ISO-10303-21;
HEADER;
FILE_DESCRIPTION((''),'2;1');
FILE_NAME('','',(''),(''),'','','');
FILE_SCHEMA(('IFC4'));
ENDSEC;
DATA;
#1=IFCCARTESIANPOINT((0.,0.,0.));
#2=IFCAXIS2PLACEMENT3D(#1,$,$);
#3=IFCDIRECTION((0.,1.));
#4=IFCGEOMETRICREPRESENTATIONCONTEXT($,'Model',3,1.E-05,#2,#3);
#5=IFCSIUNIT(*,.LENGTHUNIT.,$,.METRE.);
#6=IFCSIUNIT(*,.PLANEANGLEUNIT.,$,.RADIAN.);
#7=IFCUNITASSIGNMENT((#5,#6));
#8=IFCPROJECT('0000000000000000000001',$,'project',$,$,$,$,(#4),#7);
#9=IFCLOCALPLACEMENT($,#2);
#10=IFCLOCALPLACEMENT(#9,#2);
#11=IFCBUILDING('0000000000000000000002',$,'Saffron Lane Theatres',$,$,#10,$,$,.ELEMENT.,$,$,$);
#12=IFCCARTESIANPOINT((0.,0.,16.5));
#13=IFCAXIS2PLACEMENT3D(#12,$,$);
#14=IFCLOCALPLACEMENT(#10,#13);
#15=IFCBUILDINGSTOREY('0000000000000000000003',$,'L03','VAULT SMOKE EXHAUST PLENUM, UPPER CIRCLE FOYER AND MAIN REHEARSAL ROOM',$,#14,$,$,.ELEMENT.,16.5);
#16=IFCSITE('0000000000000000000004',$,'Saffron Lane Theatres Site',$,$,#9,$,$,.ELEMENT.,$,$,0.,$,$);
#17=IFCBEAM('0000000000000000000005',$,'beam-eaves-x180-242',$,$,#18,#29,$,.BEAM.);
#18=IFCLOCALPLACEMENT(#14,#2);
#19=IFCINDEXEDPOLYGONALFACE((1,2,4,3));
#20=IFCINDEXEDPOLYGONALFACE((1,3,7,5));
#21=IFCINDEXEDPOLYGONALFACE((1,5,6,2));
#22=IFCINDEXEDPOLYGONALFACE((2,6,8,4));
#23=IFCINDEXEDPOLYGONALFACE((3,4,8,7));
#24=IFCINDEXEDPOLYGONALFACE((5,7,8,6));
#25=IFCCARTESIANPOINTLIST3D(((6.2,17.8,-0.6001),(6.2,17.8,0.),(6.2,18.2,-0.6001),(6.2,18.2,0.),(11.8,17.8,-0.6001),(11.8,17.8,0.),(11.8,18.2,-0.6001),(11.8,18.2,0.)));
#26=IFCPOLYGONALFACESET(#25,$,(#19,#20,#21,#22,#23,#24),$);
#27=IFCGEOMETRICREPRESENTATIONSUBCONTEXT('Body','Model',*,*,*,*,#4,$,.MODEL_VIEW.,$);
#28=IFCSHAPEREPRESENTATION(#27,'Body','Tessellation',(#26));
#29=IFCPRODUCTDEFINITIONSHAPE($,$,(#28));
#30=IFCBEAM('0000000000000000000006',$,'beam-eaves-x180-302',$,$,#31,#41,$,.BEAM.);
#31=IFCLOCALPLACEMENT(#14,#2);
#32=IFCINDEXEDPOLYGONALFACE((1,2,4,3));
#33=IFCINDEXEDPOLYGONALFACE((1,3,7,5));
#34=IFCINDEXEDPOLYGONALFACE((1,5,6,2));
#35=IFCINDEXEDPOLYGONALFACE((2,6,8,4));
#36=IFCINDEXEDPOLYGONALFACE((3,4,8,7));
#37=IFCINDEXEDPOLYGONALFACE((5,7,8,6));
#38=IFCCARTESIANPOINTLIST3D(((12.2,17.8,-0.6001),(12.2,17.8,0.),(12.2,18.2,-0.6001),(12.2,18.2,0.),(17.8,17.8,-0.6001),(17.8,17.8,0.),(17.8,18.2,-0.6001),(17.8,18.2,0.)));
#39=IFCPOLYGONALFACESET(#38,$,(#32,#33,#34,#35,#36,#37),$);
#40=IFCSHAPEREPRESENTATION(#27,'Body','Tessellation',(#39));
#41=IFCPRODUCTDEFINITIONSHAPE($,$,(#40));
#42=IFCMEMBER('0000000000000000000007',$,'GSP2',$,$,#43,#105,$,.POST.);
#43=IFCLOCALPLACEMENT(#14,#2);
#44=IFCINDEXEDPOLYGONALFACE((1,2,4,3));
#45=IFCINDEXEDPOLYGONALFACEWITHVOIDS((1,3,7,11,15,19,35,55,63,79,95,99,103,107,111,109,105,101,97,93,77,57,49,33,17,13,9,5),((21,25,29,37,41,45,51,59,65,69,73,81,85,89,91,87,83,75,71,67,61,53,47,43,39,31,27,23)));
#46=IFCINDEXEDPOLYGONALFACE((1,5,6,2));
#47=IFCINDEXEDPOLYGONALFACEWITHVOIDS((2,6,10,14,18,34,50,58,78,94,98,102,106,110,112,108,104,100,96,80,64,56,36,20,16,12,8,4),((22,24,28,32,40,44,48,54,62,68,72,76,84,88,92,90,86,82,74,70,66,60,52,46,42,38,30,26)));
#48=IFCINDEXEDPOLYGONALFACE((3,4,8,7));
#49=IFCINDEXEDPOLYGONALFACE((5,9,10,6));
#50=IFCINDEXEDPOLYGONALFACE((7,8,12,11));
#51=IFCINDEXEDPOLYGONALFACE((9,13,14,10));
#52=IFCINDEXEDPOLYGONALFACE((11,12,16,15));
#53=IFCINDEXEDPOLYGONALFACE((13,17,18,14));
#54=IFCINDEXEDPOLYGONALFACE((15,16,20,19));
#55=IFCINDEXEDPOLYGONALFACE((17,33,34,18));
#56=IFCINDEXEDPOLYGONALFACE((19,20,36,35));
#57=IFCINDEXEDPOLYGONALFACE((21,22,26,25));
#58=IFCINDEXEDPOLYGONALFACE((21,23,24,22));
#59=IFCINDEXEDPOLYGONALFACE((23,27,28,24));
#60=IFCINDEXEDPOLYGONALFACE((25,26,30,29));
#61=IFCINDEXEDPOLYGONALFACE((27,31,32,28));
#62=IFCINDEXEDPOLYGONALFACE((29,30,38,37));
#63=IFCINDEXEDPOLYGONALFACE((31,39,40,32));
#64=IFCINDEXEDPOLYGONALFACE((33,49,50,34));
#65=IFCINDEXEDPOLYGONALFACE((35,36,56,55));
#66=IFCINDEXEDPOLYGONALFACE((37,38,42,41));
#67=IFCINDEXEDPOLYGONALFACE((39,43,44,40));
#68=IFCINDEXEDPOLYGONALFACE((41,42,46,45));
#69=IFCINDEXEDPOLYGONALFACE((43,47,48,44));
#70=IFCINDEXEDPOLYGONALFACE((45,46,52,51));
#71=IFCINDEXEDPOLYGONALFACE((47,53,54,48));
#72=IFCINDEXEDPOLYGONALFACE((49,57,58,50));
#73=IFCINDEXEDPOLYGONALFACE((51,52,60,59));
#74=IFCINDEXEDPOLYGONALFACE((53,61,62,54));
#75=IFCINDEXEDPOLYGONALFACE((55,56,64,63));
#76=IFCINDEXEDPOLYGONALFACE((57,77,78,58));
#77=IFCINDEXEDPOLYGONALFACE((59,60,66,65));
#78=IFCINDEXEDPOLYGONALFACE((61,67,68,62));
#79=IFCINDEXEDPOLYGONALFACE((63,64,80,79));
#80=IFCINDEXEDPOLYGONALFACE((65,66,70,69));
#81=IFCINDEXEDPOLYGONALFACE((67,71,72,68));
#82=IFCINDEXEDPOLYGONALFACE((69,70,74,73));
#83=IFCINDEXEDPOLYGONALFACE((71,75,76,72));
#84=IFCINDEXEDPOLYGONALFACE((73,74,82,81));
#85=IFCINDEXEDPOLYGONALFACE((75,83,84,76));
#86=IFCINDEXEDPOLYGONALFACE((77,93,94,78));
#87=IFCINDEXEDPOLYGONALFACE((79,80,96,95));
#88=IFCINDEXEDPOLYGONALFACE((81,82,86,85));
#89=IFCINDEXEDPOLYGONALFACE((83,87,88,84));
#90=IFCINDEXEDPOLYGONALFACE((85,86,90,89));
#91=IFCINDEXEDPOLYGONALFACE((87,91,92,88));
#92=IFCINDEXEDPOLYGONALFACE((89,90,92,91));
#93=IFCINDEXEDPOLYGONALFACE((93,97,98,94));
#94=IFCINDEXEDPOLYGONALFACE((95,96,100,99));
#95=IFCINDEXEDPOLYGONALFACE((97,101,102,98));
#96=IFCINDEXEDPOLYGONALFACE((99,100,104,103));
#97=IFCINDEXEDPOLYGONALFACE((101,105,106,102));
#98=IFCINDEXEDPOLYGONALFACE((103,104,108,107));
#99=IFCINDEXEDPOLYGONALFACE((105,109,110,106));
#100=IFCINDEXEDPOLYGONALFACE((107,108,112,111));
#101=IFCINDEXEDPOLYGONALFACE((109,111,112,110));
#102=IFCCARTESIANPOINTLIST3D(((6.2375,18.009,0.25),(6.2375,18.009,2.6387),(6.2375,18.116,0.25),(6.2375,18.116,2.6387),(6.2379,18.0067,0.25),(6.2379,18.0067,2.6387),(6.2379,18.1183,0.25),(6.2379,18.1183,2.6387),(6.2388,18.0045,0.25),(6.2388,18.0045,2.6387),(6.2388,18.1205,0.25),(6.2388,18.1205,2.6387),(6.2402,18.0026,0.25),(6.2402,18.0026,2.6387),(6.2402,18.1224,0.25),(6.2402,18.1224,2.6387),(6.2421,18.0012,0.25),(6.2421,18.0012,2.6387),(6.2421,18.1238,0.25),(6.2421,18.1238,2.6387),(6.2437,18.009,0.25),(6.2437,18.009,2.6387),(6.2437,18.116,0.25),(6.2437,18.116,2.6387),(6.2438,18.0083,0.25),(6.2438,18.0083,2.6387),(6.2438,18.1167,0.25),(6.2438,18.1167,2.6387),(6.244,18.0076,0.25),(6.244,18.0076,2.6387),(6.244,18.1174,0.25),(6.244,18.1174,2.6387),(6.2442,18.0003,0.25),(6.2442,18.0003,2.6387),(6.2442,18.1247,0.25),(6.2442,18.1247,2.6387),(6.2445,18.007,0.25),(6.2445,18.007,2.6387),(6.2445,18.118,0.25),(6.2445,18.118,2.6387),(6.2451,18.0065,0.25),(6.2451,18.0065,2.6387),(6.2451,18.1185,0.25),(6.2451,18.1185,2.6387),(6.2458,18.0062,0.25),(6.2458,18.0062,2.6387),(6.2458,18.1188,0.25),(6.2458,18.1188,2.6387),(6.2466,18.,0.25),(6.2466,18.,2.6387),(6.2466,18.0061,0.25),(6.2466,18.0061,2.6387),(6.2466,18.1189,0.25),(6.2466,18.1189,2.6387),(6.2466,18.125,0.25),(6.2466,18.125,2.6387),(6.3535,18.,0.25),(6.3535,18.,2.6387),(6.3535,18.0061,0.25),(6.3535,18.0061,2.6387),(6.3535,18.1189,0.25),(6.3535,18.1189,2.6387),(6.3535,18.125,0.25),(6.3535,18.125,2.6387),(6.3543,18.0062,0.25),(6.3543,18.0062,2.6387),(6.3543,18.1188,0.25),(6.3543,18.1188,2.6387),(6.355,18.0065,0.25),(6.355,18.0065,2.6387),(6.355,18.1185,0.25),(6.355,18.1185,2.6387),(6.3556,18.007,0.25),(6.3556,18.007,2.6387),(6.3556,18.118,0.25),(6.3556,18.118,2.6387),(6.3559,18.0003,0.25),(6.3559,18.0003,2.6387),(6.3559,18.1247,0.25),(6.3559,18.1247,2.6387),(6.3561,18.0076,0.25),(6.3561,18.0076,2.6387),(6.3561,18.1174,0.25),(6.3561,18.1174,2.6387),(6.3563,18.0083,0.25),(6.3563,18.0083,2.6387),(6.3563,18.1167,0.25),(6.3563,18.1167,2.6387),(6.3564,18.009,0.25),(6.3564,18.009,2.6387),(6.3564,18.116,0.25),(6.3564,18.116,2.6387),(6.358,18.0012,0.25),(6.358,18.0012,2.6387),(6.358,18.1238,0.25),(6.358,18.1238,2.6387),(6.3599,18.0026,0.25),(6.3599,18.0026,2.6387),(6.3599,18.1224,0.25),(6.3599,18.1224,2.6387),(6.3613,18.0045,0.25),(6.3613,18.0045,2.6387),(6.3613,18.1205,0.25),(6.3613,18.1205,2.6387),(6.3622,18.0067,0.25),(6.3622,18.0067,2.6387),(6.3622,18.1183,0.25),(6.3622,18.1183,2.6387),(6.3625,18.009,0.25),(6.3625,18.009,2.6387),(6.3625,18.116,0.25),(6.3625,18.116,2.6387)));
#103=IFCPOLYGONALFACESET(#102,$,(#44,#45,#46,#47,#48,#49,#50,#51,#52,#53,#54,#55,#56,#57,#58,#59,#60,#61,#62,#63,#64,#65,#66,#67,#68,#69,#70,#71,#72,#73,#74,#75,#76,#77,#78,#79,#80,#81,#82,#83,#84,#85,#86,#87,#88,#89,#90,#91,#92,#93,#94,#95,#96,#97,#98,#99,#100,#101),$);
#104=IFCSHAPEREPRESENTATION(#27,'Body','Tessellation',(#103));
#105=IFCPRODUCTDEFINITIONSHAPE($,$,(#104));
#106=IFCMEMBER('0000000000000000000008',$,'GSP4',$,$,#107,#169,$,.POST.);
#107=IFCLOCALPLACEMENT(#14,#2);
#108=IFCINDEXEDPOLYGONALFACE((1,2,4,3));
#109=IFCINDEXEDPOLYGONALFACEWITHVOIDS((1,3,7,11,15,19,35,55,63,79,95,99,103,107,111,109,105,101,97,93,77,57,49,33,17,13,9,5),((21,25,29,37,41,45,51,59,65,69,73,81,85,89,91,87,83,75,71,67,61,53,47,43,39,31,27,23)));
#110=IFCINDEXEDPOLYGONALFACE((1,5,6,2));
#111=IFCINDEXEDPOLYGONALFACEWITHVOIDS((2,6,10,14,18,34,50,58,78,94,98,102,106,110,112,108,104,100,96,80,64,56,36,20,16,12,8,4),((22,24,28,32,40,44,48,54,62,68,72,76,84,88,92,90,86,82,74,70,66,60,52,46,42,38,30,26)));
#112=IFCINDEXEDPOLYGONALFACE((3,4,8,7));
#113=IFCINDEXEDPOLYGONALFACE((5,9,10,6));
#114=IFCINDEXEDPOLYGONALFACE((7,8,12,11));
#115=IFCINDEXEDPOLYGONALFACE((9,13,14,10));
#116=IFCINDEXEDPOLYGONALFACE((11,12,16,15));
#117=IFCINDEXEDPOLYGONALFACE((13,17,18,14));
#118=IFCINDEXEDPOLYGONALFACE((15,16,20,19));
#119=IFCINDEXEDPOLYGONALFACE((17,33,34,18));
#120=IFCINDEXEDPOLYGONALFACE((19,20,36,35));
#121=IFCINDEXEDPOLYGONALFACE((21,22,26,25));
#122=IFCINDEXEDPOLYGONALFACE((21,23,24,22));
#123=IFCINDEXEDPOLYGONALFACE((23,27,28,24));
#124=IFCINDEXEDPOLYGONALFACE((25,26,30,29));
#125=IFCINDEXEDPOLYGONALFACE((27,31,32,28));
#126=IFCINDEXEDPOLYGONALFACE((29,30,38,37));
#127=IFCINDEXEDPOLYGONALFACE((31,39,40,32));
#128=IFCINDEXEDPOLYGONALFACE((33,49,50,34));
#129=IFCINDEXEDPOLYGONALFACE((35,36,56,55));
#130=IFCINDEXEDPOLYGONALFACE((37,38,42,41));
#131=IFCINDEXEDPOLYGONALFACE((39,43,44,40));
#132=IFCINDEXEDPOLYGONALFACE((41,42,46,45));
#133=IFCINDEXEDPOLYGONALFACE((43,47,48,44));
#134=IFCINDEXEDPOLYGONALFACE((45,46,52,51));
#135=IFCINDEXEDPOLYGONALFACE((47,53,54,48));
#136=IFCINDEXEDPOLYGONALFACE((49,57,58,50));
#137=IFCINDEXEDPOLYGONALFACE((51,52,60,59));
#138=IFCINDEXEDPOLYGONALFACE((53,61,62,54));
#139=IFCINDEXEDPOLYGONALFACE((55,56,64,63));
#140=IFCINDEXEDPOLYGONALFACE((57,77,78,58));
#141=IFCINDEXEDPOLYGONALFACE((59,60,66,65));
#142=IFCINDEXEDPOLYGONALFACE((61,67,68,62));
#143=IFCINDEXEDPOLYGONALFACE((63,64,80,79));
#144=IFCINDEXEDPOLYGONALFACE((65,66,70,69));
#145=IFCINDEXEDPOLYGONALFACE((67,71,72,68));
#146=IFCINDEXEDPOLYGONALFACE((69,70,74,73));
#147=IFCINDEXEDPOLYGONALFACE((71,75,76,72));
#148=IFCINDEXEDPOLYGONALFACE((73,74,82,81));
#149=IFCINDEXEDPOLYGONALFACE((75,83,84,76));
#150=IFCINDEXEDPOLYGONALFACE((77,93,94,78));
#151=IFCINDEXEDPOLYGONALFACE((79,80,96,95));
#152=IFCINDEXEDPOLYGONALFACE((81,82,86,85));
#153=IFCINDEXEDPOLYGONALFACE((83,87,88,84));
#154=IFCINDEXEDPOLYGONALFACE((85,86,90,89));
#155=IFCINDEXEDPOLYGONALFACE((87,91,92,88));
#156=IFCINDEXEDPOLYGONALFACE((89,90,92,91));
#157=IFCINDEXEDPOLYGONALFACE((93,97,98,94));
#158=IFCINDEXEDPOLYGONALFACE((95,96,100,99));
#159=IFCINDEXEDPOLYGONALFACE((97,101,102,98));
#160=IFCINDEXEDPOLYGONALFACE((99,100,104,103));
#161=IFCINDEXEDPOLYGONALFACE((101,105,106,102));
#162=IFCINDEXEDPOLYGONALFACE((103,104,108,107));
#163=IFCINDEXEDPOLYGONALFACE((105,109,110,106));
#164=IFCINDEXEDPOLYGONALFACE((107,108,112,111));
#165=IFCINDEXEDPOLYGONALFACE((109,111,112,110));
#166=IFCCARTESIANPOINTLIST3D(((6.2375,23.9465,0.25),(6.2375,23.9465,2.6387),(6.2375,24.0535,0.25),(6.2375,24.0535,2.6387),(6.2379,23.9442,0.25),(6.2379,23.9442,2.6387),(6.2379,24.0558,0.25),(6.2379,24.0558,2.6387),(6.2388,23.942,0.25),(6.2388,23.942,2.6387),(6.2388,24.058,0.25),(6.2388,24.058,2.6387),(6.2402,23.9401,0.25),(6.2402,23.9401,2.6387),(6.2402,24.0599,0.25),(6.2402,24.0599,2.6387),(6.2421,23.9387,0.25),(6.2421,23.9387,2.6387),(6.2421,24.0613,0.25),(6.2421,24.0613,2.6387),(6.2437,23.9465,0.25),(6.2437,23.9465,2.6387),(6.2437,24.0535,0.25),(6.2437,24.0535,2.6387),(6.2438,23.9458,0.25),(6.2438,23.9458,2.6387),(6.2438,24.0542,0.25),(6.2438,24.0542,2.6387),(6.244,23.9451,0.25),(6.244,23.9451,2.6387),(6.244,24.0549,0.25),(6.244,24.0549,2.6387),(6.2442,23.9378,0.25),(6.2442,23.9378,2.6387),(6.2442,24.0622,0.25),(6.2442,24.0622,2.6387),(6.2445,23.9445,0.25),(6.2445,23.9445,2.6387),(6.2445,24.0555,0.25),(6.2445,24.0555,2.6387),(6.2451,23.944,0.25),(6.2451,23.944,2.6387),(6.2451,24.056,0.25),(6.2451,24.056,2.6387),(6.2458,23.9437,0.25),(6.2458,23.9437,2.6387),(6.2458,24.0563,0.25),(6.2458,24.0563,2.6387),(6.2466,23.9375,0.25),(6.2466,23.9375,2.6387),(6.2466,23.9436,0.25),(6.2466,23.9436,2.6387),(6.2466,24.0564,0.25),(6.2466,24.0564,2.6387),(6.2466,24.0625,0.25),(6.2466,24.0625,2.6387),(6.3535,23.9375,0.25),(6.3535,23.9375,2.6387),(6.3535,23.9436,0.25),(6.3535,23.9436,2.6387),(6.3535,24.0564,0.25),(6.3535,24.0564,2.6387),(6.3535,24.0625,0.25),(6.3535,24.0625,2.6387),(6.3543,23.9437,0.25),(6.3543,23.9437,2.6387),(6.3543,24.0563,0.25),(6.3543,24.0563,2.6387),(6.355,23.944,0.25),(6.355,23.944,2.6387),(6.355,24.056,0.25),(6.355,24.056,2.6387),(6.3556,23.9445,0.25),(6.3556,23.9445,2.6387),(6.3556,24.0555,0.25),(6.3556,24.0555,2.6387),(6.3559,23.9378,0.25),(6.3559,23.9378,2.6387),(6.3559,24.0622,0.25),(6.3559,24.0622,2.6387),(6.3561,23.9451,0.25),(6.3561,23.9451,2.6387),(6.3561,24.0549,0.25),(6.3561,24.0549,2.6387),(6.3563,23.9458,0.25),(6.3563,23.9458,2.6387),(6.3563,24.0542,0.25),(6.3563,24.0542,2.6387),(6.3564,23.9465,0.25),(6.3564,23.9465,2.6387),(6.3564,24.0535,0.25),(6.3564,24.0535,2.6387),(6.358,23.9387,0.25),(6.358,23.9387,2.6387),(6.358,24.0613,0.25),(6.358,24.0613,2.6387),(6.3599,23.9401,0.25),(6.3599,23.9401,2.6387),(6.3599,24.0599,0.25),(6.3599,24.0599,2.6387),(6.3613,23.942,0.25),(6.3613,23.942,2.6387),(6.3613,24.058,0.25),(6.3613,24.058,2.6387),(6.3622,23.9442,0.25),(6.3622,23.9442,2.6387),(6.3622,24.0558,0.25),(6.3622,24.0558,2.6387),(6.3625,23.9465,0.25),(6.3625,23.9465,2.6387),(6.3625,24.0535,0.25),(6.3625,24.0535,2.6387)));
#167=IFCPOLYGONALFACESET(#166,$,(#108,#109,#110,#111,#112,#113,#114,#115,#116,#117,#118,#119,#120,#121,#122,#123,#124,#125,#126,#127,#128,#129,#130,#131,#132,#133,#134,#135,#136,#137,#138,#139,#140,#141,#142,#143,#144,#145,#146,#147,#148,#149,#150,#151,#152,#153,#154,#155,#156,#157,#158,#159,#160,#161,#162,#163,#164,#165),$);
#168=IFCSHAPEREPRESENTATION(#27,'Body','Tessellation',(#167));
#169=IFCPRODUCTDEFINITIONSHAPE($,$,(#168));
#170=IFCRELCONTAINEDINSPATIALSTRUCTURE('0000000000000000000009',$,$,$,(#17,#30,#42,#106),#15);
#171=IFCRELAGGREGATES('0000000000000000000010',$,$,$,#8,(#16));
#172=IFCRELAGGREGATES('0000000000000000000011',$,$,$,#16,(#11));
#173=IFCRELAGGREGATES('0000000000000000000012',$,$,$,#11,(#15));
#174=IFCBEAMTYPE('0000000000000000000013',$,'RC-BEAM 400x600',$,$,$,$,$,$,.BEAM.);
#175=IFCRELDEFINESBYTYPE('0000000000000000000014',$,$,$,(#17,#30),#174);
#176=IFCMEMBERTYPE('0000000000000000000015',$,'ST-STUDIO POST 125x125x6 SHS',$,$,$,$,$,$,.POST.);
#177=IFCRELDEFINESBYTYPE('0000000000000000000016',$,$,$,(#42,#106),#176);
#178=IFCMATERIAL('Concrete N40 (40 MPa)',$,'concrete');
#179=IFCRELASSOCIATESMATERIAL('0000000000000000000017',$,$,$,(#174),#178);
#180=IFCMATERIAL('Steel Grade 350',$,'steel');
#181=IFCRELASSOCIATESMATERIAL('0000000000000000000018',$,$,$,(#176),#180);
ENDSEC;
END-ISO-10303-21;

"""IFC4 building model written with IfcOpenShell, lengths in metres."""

from ifc_helpers import new_model, si_unit, direction, frame, origin, origin_2d, place, context, subcontext, project, spatial, rectangle, hollow_rectangle, extrude, material, material_profile, profile_set, type_object, element, save


model = new_model("IFC4")

# Units and contexts
model_context = context("Model", 3, precision=1e-05, world=origin(), true_north=direction((0.0, 1.0)))
body_context = subcontext(model_context, "Body", "Model", "MODEL_VIEW")
ifc_project = project(units=[si_unit("LENGTHUNIT", "METRE"), si_unit("PLANEANGLEUNIT", "RADIAN")], contexts=[model_context])

# Site, building, storey
site_placement = place(None, origin())
site = spatial("IfcSite", under=ifc_project, at=site_placement, Name="Saffron Lane Theatres Site", CompositionType="ELEMENT", RefElevation=0.0)
building_placement = place(site_placement, origin())
building = spatial("IfcBuilding", under=site, at=building_placement, Name="Saffron Lane Theatres", CompositionType="ELEMENT")
storey_placement = place(building_placement, frame((0.0, 0.0, 16.5)))
storey = spatial("IfcBuildingStorey", under=building, at=storey_placement, Name="L03", Description="VAULT SMOKE EXHAUST PLENUM, UPPER CIRCLE FOYER AND MAIN REHEARSAL ROOM", CompositionType="ELEMENT", Elevation=16.5)

# Beams
ifc_material_1 = material(Name="Concrete N40 (40 MPa)", Category="concrete")
ifc_material_profile_1 = material_profile(ifc_material_1, rectangle(XDim=0.3999, YDim=0.6001, at=origin_2d()))
ifc_profile_set_1 = profile_set([ifc_material_profile_1], Name="Concrete N40 (40 MPa)")
beam_type = type_object("IfcBeamType", Name="RC-BEAM 400x600", PredefinedType="BEAM", material=ifc_profile_set_1)
for number, where, z_axis, x_axis, name in (
    (1, (6.2, 18.0, -0.3), (1.0, 0.0, 0.0), (0.0, 1.0, 0.0), "beam-eaves-x180-242"),
    (2, (12.2, 18.0, -0.3), (1.0, 0.0, 0.0), (0.0, 1.0, 0.0), "beam-eaves-x180-302"),
):
    element("IfcBeam", number, at=place(storey_placement, frame(where, z_axis=z_axis, x_axis=x_axis)), inside=storey, type_object=beam_type, Name=name, PredefinedType="BEAM", context=body_context, shape_type="SweptSolid", body=[
        extrude(rectangle(XDim=0.3999, YDim=0.6001, at=origin_2d()), origin(), (0.0, 0.0, 1.0), 5.6001),
    ])

# Members
ifc_material_2 = material(Name="Steel Grade 350", Category="steel")
ifc_material_profile_2 = material_profile(ifc_material_2, hollow_rectangle(XDim=0.125, YDim=0.125, WallThickness=0.0061, InnerFilletRadius=0.0029, OuterFilletRadius=0.009, at=origin_2d()))
ifc_profile_set_2 = profile_set([ifc_material_profile_2], Name="Steel Grade 350")
member_type_1 = type_object("IfcMemberType", Name="ST-STUDIO POST 125x125x6 SHS", PredefinedType="POST", material=ifc_profile_set_2)
for number, where, z_axis, x_axis, name in (
    (3, (6.3, 18.0625, 0.25), (0.0, 0.0, 1.0), (1.0, 0.0, 0.0), "GSP2"),
    (4, (6.3, 24.0, 0.25), (0.0, 0.0, 1.0), (1.0, 0.0, 0.0), "GSP4"),
):
    element("IfcMember", number, at=place(storey_placement, frame(where, z_axis=z_axis, x_axis=x_axis)), inside=storey, type_object=member_type_1, Name=name, PredefinedType="POST", context=body_context, shape_type="SweptSolid", body=[
        extrude(hollow_rectangle(XDim=0.125, YDim=0.125, WallThickness=0.0061, InnerFilletRadius=0.0029, OuterFilletRadius=0.009, at=origin_2d()), origin(), (0.0, 0.0, 1.0), 2.3887),
    ])

save(model, "model.ifc")
